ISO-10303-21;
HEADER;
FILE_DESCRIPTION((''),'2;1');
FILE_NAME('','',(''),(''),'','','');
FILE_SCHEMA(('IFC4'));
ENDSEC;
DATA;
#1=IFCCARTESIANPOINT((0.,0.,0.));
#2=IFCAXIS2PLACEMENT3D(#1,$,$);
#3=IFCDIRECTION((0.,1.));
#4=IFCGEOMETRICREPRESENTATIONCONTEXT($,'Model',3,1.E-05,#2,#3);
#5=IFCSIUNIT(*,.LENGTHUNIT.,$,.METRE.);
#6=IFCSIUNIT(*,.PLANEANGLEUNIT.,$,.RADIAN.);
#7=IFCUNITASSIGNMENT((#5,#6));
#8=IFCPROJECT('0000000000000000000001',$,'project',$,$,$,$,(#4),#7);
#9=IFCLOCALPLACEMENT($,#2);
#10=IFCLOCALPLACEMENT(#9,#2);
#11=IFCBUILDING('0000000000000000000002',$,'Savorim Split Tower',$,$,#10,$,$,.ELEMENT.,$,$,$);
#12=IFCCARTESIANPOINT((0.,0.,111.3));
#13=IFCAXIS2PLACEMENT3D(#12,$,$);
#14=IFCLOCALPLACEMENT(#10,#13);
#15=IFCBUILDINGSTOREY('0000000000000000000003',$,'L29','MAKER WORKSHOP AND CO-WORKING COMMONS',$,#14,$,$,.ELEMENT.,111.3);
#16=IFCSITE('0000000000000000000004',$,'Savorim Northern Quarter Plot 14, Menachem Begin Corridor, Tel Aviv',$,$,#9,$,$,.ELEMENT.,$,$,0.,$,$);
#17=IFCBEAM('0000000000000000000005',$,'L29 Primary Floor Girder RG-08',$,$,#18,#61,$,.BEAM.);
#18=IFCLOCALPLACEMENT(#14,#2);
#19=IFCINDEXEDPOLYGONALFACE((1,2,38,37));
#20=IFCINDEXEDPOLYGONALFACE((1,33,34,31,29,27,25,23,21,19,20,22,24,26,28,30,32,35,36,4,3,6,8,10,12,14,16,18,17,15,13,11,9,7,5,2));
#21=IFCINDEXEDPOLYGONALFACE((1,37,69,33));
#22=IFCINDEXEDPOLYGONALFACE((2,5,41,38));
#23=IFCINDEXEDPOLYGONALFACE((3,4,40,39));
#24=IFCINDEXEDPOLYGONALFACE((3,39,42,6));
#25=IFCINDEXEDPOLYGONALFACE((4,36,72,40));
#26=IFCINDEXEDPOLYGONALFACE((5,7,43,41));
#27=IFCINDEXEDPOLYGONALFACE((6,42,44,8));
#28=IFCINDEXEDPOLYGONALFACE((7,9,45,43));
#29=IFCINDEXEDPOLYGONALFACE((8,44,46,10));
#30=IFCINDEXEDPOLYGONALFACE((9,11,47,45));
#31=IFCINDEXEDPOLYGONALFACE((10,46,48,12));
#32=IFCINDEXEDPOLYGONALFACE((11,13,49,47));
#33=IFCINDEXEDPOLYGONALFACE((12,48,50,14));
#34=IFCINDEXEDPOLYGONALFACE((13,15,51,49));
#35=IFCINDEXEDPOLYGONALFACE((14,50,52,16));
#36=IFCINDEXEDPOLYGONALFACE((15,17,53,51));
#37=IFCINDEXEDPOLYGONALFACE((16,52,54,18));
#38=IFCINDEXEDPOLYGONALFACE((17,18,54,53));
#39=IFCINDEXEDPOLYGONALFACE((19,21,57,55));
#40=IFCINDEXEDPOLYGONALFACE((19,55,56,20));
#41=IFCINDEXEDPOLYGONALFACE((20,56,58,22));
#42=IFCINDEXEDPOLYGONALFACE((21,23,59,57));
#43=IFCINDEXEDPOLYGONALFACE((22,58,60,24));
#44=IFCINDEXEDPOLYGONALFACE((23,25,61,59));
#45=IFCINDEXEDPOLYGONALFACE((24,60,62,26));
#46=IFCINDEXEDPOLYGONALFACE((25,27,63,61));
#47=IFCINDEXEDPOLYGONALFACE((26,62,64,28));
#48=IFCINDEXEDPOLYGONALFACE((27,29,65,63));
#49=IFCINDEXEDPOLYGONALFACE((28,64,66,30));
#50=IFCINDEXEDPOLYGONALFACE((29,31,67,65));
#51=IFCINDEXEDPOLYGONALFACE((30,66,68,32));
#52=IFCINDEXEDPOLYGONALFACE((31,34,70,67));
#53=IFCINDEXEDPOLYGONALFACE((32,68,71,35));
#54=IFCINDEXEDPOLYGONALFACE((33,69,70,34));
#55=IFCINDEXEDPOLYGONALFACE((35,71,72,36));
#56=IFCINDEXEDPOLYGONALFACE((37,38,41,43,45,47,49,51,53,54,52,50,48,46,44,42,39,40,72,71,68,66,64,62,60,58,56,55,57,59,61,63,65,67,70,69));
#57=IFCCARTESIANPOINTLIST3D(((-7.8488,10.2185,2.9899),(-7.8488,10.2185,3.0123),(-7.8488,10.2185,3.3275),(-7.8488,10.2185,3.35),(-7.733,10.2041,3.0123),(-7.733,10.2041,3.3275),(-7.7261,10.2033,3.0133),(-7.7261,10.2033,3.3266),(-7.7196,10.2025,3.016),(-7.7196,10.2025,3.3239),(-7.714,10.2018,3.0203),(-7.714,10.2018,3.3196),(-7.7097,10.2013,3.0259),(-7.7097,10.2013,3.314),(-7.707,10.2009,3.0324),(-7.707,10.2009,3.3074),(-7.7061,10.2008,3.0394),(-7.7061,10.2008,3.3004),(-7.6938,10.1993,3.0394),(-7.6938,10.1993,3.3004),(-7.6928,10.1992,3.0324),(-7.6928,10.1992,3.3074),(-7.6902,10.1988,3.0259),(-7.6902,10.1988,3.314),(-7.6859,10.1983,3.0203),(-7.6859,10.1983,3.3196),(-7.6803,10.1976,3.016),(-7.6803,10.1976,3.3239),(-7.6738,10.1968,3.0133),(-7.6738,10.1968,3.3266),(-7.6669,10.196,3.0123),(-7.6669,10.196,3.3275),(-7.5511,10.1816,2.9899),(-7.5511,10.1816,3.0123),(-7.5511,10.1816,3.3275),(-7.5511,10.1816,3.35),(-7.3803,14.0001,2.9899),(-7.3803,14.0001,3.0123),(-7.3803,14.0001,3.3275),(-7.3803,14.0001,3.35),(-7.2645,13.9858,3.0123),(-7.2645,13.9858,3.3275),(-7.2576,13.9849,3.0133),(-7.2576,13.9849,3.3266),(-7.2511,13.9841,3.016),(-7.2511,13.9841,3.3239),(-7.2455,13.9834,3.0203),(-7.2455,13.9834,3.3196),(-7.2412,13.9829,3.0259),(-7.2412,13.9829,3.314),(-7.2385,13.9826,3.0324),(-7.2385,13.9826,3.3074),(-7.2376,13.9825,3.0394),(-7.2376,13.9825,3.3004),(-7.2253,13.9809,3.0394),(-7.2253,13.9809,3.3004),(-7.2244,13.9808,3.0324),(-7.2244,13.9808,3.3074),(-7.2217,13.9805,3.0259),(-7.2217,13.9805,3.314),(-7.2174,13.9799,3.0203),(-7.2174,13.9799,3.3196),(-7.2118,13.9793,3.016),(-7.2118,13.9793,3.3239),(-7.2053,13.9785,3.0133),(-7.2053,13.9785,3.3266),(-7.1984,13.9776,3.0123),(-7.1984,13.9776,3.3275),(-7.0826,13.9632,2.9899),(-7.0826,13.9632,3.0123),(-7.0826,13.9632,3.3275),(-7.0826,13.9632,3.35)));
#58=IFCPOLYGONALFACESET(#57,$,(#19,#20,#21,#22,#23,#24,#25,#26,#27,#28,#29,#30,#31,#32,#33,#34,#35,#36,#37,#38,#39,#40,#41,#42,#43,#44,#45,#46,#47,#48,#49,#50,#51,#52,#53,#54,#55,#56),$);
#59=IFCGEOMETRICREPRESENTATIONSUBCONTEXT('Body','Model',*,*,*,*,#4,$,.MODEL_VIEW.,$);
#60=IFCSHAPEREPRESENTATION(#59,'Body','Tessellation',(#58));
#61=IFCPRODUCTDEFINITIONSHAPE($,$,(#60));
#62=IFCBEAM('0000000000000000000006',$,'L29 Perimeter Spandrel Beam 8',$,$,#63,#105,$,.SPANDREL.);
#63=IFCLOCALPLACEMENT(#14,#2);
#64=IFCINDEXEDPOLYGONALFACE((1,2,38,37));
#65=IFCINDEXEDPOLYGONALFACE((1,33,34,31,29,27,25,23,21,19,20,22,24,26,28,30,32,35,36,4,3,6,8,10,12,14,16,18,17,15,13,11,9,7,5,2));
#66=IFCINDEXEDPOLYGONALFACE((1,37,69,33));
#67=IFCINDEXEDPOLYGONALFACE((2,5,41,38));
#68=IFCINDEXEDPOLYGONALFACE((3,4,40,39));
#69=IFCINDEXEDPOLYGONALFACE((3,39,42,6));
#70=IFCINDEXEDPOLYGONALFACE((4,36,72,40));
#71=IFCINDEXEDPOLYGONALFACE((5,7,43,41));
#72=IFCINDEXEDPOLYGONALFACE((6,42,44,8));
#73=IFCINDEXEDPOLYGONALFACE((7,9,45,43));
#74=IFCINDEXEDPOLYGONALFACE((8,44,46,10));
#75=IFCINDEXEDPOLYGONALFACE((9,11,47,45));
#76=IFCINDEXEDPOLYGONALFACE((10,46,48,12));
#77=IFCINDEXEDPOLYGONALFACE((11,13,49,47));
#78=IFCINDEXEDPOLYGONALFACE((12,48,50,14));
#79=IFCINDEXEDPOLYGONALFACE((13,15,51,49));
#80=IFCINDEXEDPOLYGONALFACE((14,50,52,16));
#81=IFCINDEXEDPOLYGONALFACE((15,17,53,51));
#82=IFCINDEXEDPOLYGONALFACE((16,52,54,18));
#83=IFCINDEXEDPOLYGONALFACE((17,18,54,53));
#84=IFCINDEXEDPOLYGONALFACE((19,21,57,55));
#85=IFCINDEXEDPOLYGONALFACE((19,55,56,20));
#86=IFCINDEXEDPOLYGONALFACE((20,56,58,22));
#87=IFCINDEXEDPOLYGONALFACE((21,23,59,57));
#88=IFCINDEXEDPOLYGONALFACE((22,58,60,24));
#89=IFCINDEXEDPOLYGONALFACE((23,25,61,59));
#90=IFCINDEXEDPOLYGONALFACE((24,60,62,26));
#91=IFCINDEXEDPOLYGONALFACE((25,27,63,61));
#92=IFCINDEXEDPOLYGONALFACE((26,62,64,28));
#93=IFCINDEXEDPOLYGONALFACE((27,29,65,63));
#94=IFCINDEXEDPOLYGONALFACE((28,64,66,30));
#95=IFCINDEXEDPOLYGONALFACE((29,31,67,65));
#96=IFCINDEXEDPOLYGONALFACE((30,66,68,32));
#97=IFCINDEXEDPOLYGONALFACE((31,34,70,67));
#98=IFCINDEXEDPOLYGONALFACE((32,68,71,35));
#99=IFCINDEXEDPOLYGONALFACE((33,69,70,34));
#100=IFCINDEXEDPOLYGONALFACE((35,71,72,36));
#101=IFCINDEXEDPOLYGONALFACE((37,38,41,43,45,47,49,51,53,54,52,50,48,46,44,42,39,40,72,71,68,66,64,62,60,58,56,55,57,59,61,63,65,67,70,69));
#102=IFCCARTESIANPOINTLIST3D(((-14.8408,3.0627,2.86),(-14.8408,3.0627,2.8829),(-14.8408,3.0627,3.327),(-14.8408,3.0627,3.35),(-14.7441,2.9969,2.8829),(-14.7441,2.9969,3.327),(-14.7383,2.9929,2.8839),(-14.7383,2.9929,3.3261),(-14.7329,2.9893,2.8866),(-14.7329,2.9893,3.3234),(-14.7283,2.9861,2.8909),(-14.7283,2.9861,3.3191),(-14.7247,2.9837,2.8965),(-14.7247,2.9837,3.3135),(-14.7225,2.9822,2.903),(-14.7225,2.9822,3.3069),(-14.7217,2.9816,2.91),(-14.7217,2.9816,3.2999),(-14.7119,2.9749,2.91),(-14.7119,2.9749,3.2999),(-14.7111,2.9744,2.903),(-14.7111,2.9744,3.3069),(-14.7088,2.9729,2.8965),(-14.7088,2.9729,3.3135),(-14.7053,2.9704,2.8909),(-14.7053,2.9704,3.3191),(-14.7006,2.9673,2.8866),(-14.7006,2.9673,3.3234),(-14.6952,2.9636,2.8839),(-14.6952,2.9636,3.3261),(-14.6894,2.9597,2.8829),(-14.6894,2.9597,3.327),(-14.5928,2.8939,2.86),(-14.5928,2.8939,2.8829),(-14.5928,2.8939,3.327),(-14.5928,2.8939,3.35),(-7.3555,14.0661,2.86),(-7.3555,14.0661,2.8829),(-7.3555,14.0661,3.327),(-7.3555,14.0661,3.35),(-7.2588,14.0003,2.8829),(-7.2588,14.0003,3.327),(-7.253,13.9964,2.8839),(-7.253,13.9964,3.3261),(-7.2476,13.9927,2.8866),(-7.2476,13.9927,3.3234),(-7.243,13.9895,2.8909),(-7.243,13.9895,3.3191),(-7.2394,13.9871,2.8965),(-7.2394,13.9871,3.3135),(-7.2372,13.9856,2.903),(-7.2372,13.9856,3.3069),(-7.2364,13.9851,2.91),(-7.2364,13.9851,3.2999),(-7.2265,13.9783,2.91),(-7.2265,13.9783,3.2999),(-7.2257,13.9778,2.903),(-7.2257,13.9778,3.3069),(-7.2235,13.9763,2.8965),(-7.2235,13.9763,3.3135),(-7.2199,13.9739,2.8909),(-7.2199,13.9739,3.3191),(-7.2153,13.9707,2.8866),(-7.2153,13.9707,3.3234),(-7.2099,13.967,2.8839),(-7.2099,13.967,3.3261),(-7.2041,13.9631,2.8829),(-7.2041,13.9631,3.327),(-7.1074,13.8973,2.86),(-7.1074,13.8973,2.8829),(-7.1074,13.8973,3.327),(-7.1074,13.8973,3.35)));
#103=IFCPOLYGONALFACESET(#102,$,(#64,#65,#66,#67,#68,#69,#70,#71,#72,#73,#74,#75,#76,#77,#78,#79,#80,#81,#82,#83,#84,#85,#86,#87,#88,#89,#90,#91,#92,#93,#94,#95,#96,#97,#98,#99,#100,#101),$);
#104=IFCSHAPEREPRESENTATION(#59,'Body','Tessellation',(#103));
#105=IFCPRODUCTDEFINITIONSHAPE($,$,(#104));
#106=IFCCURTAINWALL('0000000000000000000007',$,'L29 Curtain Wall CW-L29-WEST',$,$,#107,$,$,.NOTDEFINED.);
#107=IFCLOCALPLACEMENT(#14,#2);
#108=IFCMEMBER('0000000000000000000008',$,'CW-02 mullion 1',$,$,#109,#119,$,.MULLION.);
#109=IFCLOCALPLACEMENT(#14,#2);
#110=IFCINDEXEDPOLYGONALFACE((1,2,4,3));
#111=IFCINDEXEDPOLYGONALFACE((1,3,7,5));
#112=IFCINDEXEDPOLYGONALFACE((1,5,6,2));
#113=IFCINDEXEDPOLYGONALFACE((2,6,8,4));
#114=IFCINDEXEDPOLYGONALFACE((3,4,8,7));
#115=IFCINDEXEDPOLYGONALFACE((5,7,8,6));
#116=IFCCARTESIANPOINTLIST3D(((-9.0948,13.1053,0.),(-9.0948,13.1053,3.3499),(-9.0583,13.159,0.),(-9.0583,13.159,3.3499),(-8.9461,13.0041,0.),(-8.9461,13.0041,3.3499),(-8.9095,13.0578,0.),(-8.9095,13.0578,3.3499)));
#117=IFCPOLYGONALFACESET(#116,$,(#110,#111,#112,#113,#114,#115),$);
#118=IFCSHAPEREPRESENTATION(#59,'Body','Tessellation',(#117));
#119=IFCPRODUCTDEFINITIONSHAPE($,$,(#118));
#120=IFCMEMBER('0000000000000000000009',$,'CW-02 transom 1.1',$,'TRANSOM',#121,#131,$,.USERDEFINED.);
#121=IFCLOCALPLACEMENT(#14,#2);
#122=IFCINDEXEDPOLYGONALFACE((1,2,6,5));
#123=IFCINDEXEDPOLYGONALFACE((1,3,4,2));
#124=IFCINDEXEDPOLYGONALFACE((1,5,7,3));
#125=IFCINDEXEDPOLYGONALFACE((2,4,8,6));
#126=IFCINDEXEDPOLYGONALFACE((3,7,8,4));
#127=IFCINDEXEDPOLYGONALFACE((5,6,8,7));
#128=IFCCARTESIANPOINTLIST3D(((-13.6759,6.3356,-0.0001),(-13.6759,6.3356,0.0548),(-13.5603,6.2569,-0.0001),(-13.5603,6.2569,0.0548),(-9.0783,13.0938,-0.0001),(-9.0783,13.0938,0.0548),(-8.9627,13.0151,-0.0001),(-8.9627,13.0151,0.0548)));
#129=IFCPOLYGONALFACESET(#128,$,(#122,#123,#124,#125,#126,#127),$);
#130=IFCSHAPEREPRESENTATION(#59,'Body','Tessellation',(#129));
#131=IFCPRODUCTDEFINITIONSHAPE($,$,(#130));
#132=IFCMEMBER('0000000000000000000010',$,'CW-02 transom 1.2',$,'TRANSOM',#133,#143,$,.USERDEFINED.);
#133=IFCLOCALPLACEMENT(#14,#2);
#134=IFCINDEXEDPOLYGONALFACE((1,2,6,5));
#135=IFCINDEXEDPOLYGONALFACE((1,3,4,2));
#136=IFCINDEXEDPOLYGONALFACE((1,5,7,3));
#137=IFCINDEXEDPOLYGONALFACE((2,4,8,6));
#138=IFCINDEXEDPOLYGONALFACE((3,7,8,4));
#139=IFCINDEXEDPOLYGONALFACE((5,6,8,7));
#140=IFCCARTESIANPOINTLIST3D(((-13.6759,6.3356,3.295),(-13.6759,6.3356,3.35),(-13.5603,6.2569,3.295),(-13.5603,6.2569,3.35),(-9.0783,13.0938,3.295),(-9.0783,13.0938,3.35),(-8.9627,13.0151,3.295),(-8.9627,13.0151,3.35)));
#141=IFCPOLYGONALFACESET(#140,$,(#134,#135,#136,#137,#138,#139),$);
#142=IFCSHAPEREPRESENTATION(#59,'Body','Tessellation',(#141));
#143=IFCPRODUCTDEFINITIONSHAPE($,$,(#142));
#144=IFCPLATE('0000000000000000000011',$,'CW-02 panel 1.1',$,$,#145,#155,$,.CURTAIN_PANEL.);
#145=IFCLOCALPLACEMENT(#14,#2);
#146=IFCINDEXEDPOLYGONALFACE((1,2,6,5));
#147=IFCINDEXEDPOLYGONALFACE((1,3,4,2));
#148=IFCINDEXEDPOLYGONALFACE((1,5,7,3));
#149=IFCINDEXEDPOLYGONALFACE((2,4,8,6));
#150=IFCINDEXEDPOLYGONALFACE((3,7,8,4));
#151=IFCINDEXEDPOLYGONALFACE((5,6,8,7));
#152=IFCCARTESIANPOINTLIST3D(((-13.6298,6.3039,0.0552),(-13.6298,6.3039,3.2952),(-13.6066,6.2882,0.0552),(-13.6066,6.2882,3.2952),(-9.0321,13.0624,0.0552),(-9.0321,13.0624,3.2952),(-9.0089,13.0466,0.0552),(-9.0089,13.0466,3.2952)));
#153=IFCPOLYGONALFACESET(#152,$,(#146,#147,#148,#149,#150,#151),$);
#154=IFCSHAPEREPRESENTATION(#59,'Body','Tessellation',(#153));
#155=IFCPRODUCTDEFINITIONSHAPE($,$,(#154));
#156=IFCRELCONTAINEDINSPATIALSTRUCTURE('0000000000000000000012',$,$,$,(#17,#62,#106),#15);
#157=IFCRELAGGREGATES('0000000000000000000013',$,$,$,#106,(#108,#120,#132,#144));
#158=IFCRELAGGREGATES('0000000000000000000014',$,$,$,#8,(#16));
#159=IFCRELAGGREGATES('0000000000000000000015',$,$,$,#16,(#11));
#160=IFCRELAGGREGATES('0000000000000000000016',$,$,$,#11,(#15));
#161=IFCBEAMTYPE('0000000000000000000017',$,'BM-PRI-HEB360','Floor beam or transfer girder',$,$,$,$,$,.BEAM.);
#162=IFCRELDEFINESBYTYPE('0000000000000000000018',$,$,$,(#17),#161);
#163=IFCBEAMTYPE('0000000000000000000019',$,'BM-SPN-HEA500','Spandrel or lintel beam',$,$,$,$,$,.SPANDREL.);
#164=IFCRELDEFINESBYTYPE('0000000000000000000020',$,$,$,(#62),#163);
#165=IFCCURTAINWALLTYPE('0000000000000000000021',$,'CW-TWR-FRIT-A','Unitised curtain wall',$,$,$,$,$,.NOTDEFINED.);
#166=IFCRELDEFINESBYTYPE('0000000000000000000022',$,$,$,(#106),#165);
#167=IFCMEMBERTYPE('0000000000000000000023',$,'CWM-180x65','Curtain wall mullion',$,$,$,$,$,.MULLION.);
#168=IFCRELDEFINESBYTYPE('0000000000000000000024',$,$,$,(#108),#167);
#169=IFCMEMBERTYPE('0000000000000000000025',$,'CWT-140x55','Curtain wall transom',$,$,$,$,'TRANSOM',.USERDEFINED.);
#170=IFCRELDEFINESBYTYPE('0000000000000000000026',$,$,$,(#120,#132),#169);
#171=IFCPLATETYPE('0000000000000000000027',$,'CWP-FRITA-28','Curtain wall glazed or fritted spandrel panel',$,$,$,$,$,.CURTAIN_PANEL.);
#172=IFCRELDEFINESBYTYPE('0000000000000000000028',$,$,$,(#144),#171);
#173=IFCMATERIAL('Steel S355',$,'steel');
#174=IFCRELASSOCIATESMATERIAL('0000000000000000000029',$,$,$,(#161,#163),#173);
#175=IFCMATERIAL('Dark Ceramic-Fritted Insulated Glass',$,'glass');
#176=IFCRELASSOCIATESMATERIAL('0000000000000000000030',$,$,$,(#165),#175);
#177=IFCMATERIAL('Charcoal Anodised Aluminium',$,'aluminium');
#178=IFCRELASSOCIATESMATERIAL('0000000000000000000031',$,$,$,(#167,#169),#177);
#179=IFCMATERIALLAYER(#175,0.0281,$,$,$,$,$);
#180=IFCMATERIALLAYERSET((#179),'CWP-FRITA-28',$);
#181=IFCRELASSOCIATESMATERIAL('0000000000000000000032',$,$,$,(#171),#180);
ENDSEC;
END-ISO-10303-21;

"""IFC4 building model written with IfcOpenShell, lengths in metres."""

from ifc_helpers import new_model, si_unit, direction, frame, origin, origin_2d, place, context, subcontext, project, spatial, rectangle, i_section, extrude, material, layer, layer_set, material_profile, profile_set, type_object, element, aggregate, save


model = new_model("IFC4")

# Units and contexts
model_context = context("Model", 3, precision=1e-05, world=origin(), true_north=direction((0.0, 1.0)))
body_context = subcontext(model_context, "Body", "Model", "MODEL_VIEW")
ifc_project = project(units=[si_unit("LENGTHUNIT", "METRE"), si_unit("PLANEANGLEUNIT", "RADIAN")], contexts=[model_context])

# Site, building, storey
site_placement = place(None, origin())
site = spatial("IfcSite", under=ifc_project, at=site_placement, Name="Savorim Northern Quarter Plot 14, Menachem Begin Corridor, Tel Aviv", CompositionType="ELEMENT", RefElevation=0.0)
building_placement = place(site_placement, origin())
building = spatial("IfcBuilding", under=site, at=building_placement, Name="Savorim Split Tower", CompositionType="ELEMENT")
storey_placement = place(building_placement, frame((0.0, 0.0, 111.3)))
storey = spatial("IfcBuildingStorey", under=building, at=storey_placement, Name="L29", Description="MAKER WORKSHOP AND CO-WORKING COMMONS", CompositionType="ELEMENT", Elevation=111.3)

# Beams
ifc_material_1 = material(Name="Steel S355", Category="steel")
ifc_material_profile_1 = material_profile(ifc_material_1, i_section(OverallWidth=0.3, OverallDepth=0.3601, WebThickness=0.0125, FlangeThickness=0.0225, FilletRadius=0.0271, at=origin_2d()), Name="HEB 360")
ifc_profile_set_1 = profile_set([ifc_material_profile_1], Name="Steel S355")
beam_type_1 = type_object("IfcBeamType", Name="BM-PRI-HEB360", Description="Floor beam or transfer girder", PredefinedType="BEAM", material=ifc_profile_set_1)
beam_1_placement = place(storey_placement, frame((-7.2314, 13.9817, 3.1699), z_axis=(-0.122946, -0.992413, 0.0), x_axis=(0.992413, -0.122946, 0.0)))
element("IfcBeam", 1, at=beam_1_placement, inside=storey, type_object=beam_type_1, Name="L29 Primary Floor Girder RG-08", PredefinedType="BEAM", context=body_context, shape_type="SweptSolid", body=[
    extrude(i_section(OverallWidth=0.3, OverallDepth=0.3601, WebThickness=0.0125, FlangeThickness=0.0225, FilletRadius=0.0271, at=origin_2d()), origin(), (0.0, 0.0, 1.0), 3.8105),
])
ifc_material_profile_2 = material_profile(ifc_material_1, i_section(OverallWidth=0.3, OverallDepth=0.49, WebThickness=0.012, FlangeThickness=0.0229, FilletRadius=0.0271, at=origin_2d()), Name="HEA 500")
ifc_profile_set_2 = profile_set([ifc_material_profile_2], Name="Steel S355")
beam_type_2 = type_object("IfcBeamType", Name="BM-SPN-HEA500", Description="Spandrel or lintel beam", PredefinedType="SPANDREL", material=ifc_profile_set_2)
beam_2_placement = place(storey_placement, frame((-7.2314, 13.9817, 3.105), z_axis=(-0.562466, -0.826821, 0.0), x_axis=(0.826821, -0.562466, 0.0)))
element("IfcBeam", 2, at=beam_2_placement, inside=storey, type_object=beam_type_2, Name="L29 Perimeter Spandrel Beam 8", PredefinedType="SPANDREL", context=body_context, shape_type="SweptSolid", body=[
    extrude(i_section(OverallWidth=0.3, OverallDepth=0.49, WebThickness=0.012, FlangeThickness=0.0229, FilletRadius=0.0271, at=origin_2d()), origin(), (0.0, 0.0, 1.0), 13.3081),
])

# Curtain wall, members, plate
ifc_material_2 = material(Name="Dark Ceramic-Fritted Insulated Glass", Category="glass")
curtain_wall_type = type_object("IfcCurtainWallType", Name="CW-TWR-FRIT-A", Description="Unitised curtain wall", PredefinedType="NOTDEFINED", material=ifc_material_2)
curtain_wall_placement = place(storey_placement, origin())
curtain_wall = element("IfcCurtainWall", 3, at=curtain_wall_placement, inside=storey, type_object=curtain_wall_type, Name="L29 Curtain Wall CW-L29-WEST", PredefinedType="NOTDEFINED")
ifc_material_3 = material(Name="Charcoal Anodised Aluminium", Category="aluminium")
ifc_material_profile_3 = material_profile(ifc_material_3, rectangle(XDim=0.1799, YDim=0.0649, at=origin_2d()), Name="ALU-M 180x65")
ifc_profile_set_3 = profile_set([ifc_material_profile_3], Name="Charcoal Anodised Aluminium")
member_type_1 = type_object("IfcMemberType", Name="CWM-180x65", Description="Curtain wall mullion", PredefinedType="MULLION", material=ifc_profile_set_3)
member_1_placement = place(storey_placement, frame((-9.0022, 13.0815, 0.0), z_axis=(0.0, 0.0, 1.0), x_axis=(0.82682, -0.562467, 0.0)))
member_1 = element("IfcMember", 4, at=member_1_placement, type_object=member_type_1, Name="CW-02 mullion 1", PredefinedType="MULLION", context=body_context, shape_type="SweptSolid", body=[
    extrude(rectangle(XDim=0.1799, YDim=0.0649, at=origin_2d()), origin(), (0.0, 0.0, 1.0), 3.3499),
])
ifc_material_profile_4 = material_profile(ifc_material_3, rectangle(XDim=0.1399, YDim=0.0549, at=origin_2d()), Name="ALU-T 140x55")
ifc_profile_set_4 = profile_set([ifc_material_profile_4], Name="Charcoal Anodised Aluminium")
member_type_2 = type_object("IfcMemberType", Name="CWT-140x55", Description="Curtain wall transom", ElementType="TRANSOM", PredefinedType="USERDEFINED", material=ifc_profile_set_4)
member_2_placement = place(storey_placement, frame((-9.0205, 13.0544, 0.0273), z_axis=(-0.562478, -0.826812, 0.0), x_axis=(0.826812, -0.562478, 0.0)))
member_2 = element("IfcMember", 5, at=member_2_placement, type_object=member_type_2, Name="CW-02 transom 1.1", ObjectType="TRANSOM", PredefinedType="USERDEFINED", context=body_context, shape_type="SweptSolid", body=[
    extrude(rectangle(XDim=0.1399, YDim=0.0549, at=origin_2d()), origin(), (0.0, 0.0, 1.0), 8.1738),
])
member_3_placement = place(storey_placement, frame((-9.0205, 13.0544, 3.3225), z_axis=(-0.562478, -0.826812, 0.0), x_axis=(0.826812, -0.562478, 0.0)))
member_3 = element("IfcMember", 6, at=member_3_placement, type_object=member_type_2, Name="CW-02 transom 1.2", ObjectType="TRANSOM", PredefinedType="USERDEFINED", context=body_context, shape_type="SweptSolid", body=[
    extrude(rectangle(XDim=0.1399, YDim=0.0549, at=origin_2d()), origin(), (0.0, 0.0, 1.0), 8.1738),
])
ifc_layer_1 = layer(ifc_material_2, 0.0281)
ifc_layer_set_1 = layer_set([ifc_layer_1], Name="CWP-FRITA-28")
plate_type = type_object("IfcPlateType", Name="CWP-FRITA-28", Description="Curtain wall glazed or fritted spandrel panel", PredefinedType="CURTAIN_PANEL", material=ifc_layer_set_1)
plate_placement = place(storey_placement, frame((-11.3193, 9.6753, 0.0552), z_axis=(0.0, 0.0, 1.0), x_axis=(-0.562467, -0.82682, 0.0)))
plate = element("IfcPlate", 7, at=plate_placement, type_object=plate_type, Name="CW-02 panel 1.1", PredefinedType="CURTAIN_PANEL", context=body_context, shape_type="SweptSolid", body=[
    extrude(rectangle(XDim=8.1741, YDim=0.0281, at=origin_2d()), origin(), (0.0, 0.0, 1.0), 3.24),
])
aggregate(curtain_wall, [member_1, member_2, member_3, plate])

save(model, "model.ifc")
